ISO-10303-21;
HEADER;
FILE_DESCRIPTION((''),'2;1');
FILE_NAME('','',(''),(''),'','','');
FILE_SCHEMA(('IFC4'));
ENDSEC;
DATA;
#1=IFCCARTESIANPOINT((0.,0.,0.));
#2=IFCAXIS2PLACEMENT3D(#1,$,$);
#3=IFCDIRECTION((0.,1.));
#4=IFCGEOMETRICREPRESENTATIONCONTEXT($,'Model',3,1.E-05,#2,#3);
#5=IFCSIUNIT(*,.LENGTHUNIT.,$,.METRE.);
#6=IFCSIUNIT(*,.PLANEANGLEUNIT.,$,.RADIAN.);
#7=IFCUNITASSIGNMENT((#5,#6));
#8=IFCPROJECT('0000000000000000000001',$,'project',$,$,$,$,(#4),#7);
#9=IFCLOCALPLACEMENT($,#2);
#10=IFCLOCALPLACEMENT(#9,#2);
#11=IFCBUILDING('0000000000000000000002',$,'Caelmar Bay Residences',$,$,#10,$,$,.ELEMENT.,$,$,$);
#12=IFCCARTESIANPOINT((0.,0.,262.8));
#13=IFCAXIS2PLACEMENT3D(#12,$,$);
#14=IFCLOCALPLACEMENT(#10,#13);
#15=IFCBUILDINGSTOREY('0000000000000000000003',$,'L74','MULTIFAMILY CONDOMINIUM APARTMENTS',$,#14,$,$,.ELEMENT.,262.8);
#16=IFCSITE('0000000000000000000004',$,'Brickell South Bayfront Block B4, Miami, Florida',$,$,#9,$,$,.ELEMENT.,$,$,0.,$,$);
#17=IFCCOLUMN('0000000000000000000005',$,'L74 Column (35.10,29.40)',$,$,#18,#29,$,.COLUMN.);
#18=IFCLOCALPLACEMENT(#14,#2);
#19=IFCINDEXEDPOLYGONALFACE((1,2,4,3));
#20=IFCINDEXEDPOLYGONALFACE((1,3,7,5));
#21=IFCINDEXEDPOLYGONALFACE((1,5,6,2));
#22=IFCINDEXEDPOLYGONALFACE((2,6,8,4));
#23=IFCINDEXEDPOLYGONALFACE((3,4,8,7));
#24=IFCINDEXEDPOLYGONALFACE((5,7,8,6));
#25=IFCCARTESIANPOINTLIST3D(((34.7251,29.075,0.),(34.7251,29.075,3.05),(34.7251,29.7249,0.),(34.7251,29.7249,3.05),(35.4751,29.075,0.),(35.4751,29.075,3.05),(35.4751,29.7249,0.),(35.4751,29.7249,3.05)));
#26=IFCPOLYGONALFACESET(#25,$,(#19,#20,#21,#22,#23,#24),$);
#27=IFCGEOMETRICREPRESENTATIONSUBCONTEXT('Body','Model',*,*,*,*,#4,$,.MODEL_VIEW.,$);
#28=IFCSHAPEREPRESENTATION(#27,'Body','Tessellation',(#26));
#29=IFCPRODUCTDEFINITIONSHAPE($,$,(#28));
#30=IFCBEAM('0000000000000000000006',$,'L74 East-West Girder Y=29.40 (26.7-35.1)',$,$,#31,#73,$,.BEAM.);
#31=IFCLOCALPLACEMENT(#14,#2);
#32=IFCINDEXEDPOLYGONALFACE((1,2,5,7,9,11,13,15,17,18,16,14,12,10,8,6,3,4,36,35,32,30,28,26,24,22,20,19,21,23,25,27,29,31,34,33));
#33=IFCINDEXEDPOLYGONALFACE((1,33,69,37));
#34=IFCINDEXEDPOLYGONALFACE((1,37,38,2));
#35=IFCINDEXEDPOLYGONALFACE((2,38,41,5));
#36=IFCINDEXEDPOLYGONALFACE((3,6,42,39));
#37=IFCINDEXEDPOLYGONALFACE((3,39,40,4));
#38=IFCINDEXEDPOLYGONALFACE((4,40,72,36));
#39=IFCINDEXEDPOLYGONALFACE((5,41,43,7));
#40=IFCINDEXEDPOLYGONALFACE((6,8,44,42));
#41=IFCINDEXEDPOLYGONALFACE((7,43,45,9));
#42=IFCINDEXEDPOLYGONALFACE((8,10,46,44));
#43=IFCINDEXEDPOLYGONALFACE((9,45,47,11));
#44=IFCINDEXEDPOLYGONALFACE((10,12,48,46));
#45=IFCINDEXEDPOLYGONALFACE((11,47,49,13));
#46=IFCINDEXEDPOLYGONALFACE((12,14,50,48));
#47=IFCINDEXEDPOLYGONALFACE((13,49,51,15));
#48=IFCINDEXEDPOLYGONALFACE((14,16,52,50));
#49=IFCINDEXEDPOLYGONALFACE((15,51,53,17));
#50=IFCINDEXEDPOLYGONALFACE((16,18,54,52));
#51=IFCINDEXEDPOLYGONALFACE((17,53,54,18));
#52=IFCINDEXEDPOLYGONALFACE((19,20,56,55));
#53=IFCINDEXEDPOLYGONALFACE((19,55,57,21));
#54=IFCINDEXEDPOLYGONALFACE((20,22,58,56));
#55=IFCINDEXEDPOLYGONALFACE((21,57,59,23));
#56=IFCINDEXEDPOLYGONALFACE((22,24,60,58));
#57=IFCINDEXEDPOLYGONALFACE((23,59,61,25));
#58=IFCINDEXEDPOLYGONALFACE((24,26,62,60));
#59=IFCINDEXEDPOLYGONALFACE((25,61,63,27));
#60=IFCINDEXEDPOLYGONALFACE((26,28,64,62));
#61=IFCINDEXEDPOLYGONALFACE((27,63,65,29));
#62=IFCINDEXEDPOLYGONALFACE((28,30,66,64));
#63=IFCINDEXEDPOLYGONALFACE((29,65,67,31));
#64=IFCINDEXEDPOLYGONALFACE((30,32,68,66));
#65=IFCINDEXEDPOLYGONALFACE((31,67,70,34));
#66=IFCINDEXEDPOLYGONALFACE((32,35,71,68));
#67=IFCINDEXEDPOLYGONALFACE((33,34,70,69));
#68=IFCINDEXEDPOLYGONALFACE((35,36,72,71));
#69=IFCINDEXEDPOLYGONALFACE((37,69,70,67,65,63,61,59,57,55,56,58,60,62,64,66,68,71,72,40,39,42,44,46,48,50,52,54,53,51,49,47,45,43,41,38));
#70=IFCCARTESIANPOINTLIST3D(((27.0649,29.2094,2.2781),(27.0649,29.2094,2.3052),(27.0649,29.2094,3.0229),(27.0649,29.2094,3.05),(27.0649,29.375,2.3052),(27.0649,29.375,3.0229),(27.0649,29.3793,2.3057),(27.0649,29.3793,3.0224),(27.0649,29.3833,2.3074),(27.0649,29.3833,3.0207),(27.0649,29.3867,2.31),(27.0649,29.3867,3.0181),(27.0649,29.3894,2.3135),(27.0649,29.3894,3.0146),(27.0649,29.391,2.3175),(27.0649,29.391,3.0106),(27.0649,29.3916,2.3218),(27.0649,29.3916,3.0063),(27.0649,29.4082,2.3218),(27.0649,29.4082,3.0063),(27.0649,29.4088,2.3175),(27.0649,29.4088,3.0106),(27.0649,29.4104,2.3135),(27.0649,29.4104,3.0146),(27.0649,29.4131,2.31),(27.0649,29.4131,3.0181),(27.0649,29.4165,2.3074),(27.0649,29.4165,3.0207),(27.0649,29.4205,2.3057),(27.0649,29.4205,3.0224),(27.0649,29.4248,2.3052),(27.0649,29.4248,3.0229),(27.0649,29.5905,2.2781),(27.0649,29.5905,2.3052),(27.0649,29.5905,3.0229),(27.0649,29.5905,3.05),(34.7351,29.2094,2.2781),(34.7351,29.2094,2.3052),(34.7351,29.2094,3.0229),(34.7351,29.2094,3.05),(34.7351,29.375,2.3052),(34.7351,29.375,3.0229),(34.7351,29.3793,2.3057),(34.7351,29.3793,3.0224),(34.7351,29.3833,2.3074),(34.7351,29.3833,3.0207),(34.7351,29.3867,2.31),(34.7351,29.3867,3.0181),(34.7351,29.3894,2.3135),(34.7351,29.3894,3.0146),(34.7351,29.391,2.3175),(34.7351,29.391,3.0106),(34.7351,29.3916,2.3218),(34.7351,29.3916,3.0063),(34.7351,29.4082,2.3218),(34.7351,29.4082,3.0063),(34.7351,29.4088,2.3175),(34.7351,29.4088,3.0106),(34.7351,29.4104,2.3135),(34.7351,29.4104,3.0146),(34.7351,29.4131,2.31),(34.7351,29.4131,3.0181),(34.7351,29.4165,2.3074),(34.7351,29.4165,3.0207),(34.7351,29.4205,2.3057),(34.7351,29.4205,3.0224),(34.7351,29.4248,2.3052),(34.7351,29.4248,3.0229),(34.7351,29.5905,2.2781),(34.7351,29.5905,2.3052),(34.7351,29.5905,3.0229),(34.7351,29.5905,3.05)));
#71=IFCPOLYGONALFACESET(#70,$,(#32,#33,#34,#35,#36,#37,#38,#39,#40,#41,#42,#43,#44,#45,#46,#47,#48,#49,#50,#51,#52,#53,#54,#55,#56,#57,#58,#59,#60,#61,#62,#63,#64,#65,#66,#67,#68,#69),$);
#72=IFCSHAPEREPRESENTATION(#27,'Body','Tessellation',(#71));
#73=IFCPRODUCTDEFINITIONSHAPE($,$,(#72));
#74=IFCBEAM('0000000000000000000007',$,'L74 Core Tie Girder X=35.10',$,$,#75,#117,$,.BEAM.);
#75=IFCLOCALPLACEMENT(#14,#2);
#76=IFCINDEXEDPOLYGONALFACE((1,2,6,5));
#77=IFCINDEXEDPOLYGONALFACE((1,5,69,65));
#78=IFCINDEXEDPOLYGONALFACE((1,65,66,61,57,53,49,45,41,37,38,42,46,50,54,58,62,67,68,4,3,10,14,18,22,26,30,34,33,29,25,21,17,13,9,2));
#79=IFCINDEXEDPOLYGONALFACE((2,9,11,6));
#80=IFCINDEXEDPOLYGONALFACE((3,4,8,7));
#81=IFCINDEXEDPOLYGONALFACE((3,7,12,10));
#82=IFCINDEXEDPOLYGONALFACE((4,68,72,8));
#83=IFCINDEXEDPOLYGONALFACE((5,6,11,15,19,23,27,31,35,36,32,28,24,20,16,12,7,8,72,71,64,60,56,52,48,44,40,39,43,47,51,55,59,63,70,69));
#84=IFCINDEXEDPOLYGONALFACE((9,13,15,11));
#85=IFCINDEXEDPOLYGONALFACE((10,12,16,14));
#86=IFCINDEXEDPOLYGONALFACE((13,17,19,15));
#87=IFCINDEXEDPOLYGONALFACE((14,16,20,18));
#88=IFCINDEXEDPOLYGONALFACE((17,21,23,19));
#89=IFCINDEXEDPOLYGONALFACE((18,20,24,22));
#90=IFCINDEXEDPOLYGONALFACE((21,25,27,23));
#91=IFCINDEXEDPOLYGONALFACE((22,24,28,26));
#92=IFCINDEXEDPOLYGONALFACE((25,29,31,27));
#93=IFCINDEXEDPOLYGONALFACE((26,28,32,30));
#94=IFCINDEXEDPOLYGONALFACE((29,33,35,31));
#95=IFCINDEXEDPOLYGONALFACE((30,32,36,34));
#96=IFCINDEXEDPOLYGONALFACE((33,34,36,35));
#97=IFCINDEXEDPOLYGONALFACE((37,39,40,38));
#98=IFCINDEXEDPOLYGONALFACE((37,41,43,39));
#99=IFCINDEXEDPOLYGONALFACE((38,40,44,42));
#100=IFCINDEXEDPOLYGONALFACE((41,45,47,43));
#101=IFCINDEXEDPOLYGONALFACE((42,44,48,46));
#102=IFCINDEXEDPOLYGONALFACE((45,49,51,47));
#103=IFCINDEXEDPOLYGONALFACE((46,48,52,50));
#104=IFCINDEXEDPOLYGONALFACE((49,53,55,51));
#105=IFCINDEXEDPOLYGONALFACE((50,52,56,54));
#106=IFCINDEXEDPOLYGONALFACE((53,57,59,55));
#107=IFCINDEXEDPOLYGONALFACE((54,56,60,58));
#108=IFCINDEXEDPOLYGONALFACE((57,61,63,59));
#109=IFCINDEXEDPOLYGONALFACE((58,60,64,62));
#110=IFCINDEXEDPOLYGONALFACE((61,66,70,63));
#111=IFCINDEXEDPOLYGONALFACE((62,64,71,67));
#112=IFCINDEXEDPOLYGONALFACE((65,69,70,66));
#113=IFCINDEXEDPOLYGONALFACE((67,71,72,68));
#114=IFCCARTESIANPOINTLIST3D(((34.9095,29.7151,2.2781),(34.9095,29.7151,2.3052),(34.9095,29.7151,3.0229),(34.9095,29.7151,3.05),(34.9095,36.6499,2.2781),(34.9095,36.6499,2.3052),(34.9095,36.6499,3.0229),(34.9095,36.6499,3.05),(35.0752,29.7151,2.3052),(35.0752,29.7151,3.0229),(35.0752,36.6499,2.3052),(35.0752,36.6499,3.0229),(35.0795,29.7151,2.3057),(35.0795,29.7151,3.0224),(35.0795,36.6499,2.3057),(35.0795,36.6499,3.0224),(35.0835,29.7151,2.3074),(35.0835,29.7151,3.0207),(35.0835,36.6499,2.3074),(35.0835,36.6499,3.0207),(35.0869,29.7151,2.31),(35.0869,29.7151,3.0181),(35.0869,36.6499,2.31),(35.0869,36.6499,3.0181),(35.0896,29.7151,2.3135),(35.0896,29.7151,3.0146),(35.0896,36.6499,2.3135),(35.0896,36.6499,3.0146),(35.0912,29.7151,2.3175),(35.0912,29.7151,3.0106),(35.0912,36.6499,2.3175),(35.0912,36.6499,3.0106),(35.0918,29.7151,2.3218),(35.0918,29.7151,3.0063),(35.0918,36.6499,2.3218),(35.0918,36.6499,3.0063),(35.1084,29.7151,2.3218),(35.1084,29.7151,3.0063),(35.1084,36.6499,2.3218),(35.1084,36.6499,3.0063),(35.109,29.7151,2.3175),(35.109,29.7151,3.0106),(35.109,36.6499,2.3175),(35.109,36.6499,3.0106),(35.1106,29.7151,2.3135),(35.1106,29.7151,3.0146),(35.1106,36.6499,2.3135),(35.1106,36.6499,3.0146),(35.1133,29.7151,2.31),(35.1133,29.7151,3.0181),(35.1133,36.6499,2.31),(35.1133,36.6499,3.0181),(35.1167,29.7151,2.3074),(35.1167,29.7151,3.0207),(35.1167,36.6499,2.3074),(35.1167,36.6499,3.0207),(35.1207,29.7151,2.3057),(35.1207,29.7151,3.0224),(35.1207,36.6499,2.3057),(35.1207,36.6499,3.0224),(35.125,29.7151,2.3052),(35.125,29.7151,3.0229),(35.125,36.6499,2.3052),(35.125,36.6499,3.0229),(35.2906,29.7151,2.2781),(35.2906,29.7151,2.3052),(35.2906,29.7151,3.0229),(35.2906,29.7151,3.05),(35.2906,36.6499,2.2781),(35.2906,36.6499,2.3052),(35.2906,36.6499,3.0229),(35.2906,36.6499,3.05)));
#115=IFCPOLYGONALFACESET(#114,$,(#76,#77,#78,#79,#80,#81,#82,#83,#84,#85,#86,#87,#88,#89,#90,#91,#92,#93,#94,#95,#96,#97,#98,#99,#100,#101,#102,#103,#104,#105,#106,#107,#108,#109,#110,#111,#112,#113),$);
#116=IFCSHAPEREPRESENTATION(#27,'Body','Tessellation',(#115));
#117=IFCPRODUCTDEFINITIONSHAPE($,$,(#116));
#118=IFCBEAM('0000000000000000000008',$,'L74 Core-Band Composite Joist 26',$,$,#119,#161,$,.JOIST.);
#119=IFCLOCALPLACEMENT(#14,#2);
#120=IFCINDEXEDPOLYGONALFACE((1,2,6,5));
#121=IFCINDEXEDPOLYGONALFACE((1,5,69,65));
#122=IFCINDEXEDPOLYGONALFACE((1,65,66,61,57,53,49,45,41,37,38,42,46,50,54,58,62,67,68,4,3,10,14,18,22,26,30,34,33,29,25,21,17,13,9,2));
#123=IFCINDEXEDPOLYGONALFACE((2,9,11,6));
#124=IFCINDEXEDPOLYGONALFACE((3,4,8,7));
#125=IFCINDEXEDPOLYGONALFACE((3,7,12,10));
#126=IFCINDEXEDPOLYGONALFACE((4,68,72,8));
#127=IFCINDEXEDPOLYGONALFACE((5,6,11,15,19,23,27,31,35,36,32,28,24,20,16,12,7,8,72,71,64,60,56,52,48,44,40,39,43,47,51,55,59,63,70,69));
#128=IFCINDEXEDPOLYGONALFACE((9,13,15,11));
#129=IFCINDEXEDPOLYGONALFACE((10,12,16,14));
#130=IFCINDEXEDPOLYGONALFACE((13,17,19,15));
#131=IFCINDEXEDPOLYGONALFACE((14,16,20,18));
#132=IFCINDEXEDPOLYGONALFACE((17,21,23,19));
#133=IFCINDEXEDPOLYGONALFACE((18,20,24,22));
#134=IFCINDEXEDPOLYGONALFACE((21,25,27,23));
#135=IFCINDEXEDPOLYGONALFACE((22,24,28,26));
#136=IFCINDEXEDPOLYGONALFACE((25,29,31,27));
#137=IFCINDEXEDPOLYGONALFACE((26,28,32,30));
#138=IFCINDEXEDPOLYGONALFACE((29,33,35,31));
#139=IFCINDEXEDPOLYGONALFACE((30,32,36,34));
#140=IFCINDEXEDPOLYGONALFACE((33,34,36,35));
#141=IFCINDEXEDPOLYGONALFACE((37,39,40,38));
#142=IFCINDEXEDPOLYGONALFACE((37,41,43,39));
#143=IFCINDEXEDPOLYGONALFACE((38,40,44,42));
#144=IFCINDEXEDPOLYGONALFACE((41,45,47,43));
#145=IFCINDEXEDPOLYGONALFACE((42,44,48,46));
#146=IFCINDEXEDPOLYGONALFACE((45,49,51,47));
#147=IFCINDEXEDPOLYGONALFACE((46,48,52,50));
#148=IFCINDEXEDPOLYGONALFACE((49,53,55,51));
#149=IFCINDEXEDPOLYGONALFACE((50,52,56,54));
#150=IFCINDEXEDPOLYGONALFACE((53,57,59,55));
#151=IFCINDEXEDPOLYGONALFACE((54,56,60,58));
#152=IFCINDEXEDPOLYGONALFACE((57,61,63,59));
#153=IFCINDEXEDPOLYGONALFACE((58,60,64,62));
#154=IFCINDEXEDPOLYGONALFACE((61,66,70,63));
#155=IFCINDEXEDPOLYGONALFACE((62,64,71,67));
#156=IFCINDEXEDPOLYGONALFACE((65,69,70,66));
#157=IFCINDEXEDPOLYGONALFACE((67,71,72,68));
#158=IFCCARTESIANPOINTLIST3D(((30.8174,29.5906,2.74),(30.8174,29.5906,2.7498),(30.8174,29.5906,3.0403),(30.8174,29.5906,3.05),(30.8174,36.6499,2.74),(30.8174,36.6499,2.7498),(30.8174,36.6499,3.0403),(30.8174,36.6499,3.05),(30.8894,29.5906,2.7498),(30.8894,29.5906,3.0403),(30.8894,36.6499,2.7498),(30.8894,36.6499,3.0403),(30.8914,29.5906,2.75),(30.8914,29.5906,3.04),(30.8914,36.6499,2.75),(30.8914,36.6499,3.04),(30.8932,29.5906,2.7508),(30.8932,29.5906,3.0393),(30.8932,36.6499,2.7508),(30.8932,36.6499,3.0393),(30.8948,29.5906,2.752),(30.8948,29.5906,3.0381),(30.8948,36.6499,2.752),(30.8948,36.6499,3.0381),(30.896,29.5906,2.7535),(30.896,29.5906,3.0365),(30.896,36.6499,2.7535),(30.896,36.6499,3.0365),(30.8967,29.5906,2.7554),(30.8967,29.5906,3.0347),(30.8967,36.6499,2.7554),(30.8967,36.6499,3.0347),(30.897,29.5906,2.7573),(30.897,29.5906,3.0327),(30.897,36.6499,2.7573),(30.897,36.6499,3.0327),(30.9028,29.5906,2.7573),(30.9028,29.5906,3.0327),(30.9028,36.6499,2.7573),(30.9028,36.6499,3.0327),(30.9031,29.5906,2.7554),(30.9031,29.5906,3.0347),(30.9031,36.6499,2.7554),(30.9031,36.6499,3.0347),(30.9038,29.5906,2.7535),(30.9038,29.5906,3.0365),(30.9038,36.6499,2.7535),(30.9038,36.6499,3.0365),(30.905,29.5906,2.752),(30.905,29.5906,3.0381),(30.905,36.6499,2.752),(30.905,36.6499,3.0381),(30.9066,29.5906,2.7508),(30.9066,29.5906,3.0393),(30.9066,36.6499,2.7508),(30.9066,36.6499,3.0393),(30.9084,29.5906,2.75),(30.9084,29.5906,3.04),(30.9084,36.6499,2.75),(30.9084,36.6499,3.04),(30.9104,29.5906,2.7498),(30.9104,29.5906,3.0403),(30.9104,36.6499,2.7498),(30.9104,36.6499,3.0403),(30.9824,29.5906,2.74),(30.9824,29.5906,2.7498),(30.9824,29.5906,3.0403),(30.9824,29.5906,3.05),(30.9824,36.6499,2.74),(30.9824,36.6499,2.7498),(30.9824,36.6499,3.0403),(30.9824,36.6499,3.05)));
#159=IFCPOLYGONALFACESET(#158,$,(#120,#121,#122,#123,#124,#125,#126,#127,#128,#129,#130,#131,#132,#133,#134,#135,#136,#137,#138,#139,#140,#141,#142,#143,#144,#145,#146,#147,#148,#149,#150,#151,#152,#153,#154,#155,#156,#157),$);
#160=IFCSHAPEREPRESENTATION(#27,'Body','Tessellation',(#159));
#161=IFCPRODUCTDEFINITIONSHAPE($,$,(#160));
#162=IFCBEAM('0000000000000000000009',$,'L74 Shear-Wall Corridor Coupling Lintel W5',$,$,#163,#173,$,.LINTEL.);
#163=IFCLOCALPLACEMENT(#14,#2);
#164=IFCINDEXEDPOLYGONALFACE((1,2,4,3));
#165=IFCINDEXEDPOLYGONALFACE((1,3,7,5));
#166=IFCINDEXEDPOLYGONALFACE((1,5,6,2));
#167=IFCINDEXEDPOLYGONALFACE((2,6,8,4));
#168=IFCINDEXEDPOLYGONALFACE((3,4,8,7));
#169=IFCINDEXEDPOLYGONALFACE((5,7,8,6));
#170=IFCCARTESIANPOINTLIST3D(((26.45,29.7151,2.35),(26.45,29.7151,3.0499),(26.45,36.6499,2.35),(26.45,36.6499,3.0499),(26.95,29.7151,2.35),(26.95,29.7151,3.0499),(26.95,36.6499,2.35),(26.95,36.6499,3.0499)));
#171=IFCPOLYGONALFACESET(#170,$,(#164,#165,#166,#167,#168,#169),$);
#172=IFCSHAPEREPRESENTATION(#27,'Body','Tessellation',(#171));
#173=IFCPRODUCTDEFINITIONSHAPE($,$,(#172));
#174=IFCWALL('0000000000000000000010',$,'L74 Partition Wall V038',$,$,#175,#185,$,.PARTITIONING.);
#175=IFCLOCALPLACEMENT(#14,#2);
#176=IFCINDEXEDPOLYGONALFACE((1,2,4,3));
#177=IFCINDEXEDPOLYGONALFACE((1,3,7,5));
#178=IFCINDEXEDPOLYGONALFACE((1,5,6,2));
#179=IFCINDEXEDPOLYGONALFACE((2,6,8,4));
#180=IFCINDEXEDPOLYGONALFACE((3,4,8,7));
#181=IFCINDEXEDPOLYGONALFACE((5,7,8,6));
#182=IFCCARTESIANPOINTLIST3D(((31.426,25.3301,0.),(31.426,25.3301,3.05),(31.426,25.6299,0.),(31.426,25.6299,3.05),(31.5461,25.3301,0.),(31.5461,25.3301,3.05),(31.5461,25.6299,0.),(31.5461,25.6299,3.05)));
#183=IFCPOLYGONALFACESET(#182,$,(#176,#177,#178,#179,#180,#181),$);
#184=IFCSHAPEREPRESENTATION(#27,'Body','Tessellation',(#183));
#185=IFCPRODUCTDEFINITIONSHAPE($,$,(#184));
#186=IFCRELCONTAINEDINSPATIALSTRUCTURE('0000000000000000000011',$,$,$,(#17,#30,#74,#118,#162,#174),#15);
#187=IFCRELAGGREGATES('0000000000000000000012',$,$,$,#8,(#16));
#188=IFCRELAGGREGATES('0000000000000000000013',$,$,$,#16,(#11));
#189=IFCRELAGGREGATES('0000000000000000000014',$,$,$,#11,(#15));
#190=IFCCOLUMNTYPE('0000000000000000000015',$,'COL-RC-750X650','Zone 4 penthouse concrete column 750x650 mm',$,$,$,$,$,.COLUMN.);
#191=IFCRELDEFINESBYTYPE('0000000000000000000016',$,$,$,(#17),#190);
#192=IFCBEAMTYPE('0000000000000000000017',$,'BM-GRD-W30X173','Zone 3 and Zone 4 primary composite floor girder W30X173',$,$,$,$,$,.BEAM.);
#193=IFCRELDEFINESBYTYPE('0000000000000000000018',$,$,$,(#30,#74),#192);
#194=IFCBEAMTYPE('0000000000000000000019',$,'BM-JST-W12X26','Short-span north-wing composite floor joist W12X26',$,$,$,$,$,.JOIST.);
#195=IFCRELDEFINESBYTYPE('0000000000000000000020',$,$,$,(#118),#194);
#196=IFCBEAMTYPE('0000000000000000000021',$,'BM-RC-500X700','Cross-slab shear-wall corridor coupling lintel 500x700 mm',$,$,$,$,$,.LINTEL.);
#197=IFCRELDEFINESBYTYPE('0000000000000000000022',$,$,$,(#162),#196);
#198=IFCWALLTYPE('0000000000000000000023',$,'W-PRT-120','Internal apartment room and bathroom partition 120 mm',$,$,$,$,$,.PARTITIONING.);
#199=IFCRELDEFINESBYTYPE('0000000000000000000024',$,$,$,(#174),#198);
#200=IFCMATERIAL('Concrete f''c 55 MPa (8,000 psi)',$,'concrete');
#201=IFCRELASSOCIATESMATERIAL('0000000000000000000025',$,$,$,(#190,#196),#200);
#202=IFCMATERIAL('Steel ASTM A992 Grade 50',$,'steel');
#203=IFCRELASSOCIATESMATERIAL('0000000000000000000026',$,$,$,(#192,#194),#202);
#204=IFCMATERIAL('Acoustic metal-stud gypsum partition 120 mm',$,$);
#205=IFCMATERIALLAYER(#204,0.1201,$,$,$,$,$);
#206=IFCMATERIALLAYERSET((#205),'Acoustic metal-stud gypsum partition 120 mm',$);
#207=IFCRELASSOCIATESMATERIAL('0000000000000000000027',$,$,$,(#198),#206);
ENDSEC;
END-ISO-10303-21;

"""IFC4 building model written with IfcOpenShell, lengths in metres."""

from ifc_helpers import new_model, si_unit, direction, frame, frame_2d, origin, origin_2d, place, context, subcontext, project, spatial, rectangle, i_section, extrude, material, layer, layer_set, material_profile, profile_set, type_object, element, save


model = new_model("IFC4")

# Units and contexts
model_context = context("Model", 3, precision=1e-05, world=origin(), true_north=direction((0.0, 1.0)))
body_context = subcontext(model_context, "Body", "Model", "MODEL_VIEW")
ifc_project = project(units=[si_unit("LENGTHUNIT", "METRE"), si_unit("PLANEANGLEUNIT", "RADIAN")], contexts=[model_context])

# Site, building, storey
site_placement = place(None, origin())
site = spatial("IfcSite", under=ifc_project, at=site_placement, Name="Brickell South Bayfront Block B4, Miami, Florida", CompositionType="ELEMENT", RefElevation=0.0)
building_placement = place(site_placement, origin())
building = spatial("IfcBuilding", under=site, at=building_placement, Name="Caelmar Bay Residences", CompositionType="ELEMENT")
storey_placement = place(building_placement, frame((0.0, 0.0, 262.8)))
storey = spatial("IfcBuildingStorey", under=building, at=storey_placement, Name="L74", Description="MULTIFAMILY CONDOMINIUM APARTMENTS", CompositionType="ELEMENT", Elevation=262.8)

# Column
ifc_material_1 = material(Name="Concrete f'c 55 MPa (8,000 psi)", Category="concrete")
ifc_material_profile_1 = material_profile(ifc_material_1, rectangle(XDim=0.75, YDim=0.6499, at=origin_2d()), Name="RC-COL-750X650")
ifc_profile_set_1 = profile_set([ifc_material_profile_1], Name="Concrete f'c 55 MPa (8,000 psi)")
column_type = type_object("IfcColumnType", Name="COL-RC-750X650", Description="Zone 4 penthouse concrete column 750x650 mm", PredefinedType="COLUMN", material=ifc_profile_set_1)
column_placement = place(storey_placement, frame((35.1001, 29.3999, 0.0), z_axis=(0.0, 0.0, 1.0), x_axis=(1.0, 0.0, 0.0)))
element("IfcColumn", 1, at=column_placement, inside=storey, type_object=column_type, Name="L74 Column (35.10,29.40)", PredefinedType="COLUMN", context=body_context, shape_type="SweptSolid", body=[
    extrude(rectangle(XDim=0.75, YDim=0.6499, at=origin_2d()), origin(), (0.0, 0.0, 1.0), 3.05),
])

# Beams
ifc_material_2 = material(Name="Steel ASTM A992 Grade 50", Category="steel")
ifc_material_profile_2 = material_profile(ifc_material_2, i_section(OverallWidth=0.3811, OverallDepth=0.772, WebThickness=0.0166, FlangeThickness=0.0271, FilletRadius=0.0166, at=origin_2d()), Name="W30X173")
ifc_profile_set_2 = profile_set([ifc_material_profile_2], Name="Steel ASTM A992 Grade 50")
beam_type_1 = type_object("IfcBeamType", Name="BM-GRD-W30X173", Description="Zone 3 and Zone 4 primary composite floor girder W30X173", PredefinedType="BEAM", material=ifc_profile_set_2)
beam_1_placement = place(storey_placement, frame((27.0649, 29.3999, 2.6641), z_axis=(1.0, 0.0, 0.0), x_axis=(0.0, 1.0, 0.0)))
element("IfcBeam", 2, at=beam_1_placement, inside=storey, type_object=beam_type_1, Name="L74 East-West Girder Y=29.40 (26.7-35.1)", PredefinedType="BEAM", context=body_context, shape_type="SweptSolid", body=[
    extrude(i_section(OverallWidth=0.3811, OverallDepth=0.772, WebThickness=0.0166, FlangeThickness=0.0271, FilletRadius=0.0166, at=origin_2d()), origin(), (0.0, 0.0, 1.0), 7.6702),
])
beam_2_placement = place(storey_placement, frame((35.1001, 29.7151, 2.6641), z_axis=(0.0, 1.0, 0.0), x_axis=(-1.0, 0.0, 0.0)))
element("IfcBeam", 3, at=beam_2_placement, inside=storey, type_object=beam_type_1, Name="L74 Core Tie Girder X=35.10", PredefinedType="BEAM", context=body_context, shape_type="SweptSolid", body=[
    extrude(i_section(OverallWidth=0.3811, OverallDepth=0.772, WebThickness=0.0166, FlangeThickness=0.0271, FilletRadius=0.0166, at=origin_2d()), origin(), (0.0, 0.0, 1.0), 6.9348),
])
ifc_material_profile_3 = material_profile(ifc_material_2, i_section(OverallWidth=0.165, OverallDepth=0.3101, WebThickness=0.0059, FlangeThickness=0.0098, FilletRadius=0.0076, at=origin_2d()), Name="W12X26")
ifc_profile_set_3 = profile_set([ifc_material_profile_3], Name="Steel ASTM A992 Grade 50")
beam_type_2 = type_object("IfcBeamType", Name="BM-JST-W12X26", Description="Short-span north-wing composite floor joist W12X26", PredefinedType="JOIST", material=ifc_profile_set_3)
beam_3_placement = place(storey_placement, frame((30.8999, 29.5906, 2.895), z_axis=(0.0, 1.0, 0.0), x_axis=(-1.0, 0.0, 0.0)))
element("IfcBeam", 4, at=beam_3_placement, inside=storey, type_object=beam_type_2, Name="L74 Core-Band Composite Joist 26", PredefinedType="JOIST", context=body_context, shape_type="SweptSolid", body=[
    extrude(i_section(OverallWidth=0.165, OverallDepth=0.3101, WebThickness=0.0059, FlangeThickness=0.0098, FilletRadius=0.0076, at=origin_2d()), origin(), (0.0, 0.0, 1.0), 7.0593),
])
ifc_material_profile_4 = material_profile(ifc_material_1, rectangle(XDim=0.5, YDim=0.7, at=origin_2d()), Name="RC-BM-500X700")
ifc_profile_set_4 = profile_set([ifc_material_profile_4], Name="Concrete f'c 55 MPa (8,000 psi)")
beam_type_3 = type_object("IfcBeamType", Name="BM-RC-500X700", Description="Cross-slab shear-wall corridor coupling lintel 500x700 mm", PredefinedType="LINTEL", material=ifc_profile_set_4)
beam_4_placement = place(storey_placement, frame((26.7, 29.7151, 2.7), z_axis=(0.0, 1.0, 0.0), x_axis=(-1.0, 0.0, 0.0)))
element("IfcBeam", 5, at=beam_4_placement, inside=storey, type_object=beam_type_3, Name="L74 Shear-Wall Corridor Coupling Lintel W5", PredefinedType="LINTEL", context=body_context, shape_type="SweptSolid", body=[
    extrude(rectangle(XDim=0.5, YDim=0.7, at=origin_2d()), origin(), (0.0, 0.0, 1.0), 6.9348),
])

# Wall
ifc_material_3 = material(Name="Acoustic metal-stud gypsum partition 120 mm")
ifc_layer_1 = layer(ifc_material_3, 0.1201)
ifc_layer_set_1 = layer_set([ifc_layer_1], Name="Acoustic metal-stud gypsum partition 120 mm")
wall_type_1 = type_object("IfcWallType", Name="W-PRT-120", Description="Internal apartment room and bathroom partition 120 mm", PredefinedType="PARTITIONING", material=ifc_layer_set_1)
wall_1_placement = place(storey_placement, frame((31.4861, 25.3301, 0.0), z_axis=(0.0, 0.0, 1.0), x_axis=(0.0, 1.0, 0.0)))
element("IfcWall", 6, at=wall_1_placement, inside=storey, type_object=wall_type_1, Name="L74 Partition Wall V038", PredefinedType="PARTITIONING", context=body_context, shape_type="SweptSolid", body=[
    extrude(rectangle(XDim=0.2998, YDim=0.1201, at=frame_2d((0.1499, 0.0))), origin(), (0.0, 0.0, 1.0), 3.05),
])

save(model, "model.ifc")
